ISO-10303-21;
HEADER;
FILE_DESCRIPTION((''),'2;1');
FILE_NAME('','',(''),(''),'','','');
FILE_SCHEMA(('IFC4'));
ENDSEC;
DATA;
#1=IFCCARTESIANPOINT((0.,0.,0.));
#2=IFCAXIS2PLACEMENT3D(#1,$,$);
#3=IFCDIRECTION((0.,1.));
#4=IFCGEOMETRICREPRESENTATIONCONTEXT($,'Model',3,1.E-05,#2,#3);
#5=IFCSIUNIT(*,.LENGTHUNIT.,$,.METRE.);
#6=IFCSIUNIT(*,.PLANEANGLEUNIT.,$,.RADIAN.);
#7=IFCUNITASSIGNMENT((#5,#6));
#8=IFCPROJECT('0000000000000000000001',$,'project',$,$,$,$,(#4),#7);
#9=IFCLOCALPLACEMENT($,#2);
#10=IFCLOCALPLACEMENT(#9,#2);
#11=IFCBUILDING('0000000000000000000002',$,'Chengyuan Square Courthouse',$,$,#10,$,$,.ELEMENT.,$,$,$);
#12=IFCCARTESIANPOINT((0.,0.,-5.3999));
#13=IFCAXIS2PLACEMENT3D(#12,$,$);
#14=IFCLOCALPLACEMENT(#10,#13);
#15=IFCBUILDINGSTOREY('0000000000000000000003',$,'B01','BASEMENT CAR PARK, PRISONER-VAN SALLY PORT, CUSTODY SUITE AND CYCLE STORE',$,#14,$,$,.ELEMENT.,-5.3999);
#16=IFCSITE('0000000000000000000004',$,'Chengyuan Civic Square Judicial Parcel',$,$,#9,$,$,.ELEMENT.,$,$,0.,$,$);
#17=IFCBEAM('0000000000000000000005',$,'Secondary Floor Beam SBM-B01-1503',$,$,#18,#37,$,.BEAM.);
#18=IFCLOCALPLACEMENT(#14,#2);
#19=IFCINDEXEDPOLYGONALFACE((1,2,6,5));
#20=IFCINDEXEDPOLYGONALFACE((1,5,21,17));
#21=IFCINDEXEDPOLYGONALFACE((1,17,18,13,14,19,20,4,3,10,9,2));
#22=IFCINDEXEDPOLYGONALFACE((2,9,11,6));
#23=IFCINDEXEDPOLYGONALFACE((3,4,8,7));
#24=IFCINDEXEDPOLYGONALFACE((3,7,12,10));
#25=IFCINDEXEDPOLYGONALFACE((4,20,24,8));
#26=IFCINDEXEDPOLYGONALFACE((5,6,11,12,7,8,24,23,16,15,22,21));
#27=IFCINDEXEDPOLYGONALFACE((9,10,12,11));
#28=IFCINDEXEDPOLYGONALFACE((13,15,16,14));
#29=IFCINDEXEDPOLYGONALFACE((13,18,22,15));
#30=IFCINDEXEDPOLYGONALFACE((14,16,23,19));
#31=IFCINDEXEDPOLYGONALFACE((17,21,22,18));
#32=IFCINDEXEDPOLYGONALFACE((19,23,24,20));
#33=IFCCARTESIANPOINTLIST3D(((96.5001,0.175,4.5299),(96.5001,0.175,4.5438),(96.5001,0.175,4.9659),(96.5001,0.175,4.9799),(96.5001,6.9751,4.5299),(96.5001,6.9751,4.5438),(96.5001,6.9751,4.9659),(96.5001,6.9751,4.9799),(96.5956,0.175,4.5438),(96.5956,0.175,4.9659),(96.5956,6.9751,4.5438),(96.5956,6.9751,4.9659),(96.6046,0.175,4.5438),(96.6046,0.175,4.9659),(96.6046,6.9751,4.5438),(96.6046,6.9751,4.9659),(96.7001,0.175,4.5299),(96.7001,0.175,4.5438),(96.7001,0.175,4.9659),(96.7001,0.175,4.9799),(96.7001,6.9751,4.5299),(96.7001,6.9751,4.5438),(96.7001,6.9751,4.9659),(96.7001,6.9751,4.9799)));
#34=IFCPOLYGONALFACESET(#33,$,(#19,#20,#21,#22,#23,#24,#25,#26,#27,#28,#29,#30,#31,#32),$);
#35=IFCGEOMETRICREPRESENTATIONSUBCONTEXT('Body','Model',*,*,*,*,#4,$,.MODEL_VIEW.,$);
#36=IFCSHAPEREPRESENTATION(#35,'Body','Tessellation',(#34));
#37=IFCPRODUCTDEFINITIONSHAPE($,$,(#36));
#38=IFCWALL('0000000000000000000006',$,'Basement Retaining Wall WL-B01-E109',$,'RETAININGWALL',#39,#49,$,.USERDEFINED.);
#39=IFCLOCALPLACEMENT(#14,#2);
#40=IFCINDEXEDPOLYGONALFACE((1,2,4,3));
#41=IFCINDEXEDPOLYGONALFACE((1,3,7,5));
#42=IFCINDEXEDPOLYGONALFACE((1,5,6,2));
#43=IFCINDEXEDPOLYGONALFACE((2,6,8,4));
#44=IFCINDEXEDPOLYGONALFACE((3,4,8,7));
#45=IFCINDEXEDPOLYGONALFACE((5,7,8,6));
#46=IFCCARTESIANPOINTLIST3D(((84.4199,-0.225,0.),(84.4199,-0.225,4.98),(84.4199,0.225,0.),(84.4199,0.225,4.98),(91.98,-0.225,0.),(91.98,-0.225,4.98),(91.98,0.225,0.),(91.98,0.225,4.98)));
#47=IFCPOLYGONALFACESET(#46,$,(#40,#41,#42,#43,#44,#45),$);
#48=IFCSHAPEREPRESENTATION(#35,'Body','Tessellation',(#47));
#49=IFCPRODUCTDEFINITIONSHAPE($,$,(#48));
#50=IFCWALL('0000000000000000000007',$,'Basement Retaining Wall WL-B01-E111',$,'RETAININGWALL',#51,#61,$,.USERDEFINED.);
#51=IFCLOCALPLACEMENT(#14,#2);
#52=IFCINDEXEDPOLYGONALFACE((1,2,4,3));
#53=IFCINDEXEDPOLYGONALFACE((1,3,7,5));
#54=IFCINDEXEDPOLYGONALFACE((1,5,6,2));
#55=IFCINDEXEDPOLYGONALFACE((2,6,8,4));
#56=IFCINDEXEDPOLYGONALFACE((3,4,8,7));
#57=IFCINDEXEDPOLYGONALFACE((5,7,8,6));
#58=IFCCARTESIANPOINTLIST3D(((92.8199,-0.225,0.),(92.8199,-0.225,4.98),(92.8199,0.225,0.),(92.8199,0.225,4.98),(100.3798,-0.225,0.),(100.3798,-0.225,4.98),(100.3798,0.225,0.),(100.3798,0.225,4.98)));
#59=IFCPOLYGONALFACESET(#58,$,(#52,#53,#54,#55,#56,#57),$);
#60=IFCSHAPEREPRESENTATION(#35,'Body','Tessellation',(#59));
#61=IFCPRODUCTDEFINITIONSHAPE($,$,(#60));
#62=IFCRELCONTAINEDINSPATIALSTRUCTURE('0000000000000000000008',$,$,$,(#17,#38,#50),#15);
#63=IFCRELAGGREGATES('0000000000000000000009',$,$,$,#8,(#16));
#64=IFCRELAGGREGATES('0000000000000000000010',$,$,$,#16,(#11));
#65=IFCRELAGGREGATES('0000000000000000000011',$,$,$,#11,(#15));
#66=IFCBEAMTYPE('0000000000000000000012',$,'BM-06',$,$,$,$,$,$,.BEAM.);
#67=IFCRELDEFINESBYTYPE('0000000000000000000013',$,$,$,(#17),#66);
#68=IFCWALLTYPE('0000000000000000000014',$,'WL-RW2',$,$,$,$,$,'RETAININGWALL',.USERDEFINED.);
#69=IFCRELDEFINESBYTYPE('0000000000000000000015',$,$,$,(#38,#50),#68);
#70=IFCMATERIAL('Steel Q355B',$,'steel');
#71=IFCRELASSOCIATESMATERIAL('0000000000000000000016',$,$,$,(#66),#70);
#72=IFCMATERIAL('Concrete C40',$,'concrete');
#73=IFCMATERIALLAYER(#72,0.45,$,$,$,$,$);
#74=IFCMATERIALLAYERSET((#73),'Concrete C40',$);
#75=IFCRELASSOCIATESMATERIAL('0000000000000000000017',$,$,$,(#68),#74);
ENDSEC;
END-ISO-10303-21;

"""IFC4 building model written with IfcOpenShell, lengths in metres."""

from ifc_helpers import new_model, si_unit, direction, frame, frame_2d, origin, origin_2d, place, context, subcontext, project, spatial, rectangle, i_section, extrude, material, layer, layer_set, material_profile, profile_set, type_object, element, save


model = new_model("IFC4")

# Units and contexts
model_context = context("Model", 3, precision=1e-05, world=origin(), true_north=direction((0.0, 1.0)))
body_context = subcontext(model_context, "Body", "Model", "MODEL_VIEW")
ifc_project = project(units=[si_unit("LENGTHUNIT", "METRE"), si_unit("PLANEANGLEUNIT", "RADIAN")], contexts=[model_context])

# Site, building, storey
site_placement = place(None, origin())
site = spatial("IfcSite", under=ifc_project, at=site_placement, Name="Chengyuan Civic Square Judicial Parcel", CompositionType="ELEMENT", RefElevation=0.0)
building_placement = place(site_placement, origin())
building = spatial("IfcBuilding", under=site, at=building_placement, Name="Chengyuan Square Courthouse", CompositionType="ELEMENT")
storey_placement = place(building_placement, frame((0.0, 0.0, -5.3999)))
storey = spatial("IfcBuildingStorey", under=building, at=storey_placement, Name="B01", Description="BASEMENT CAR PARK, PRISONER-VAN SALLY PORT, CUSTODY SUITE AND CYCLE STORE", CompositionType="ELEMENT", Elevation=-5.3999)

# Beam
ifc_material_1 = material(Name="Concrete C40", Category="concrete")
ifc_material_2 = material(Name="Steel Q355B", Category="steel")
ifc_material_profile_1 = material_profile(ifc_material_2, i_section(OverallWidth=0.2, OverallDepth=0.45, WebThickness=0.009, FlangeThickness=0.0139, at=origin_2d()), Name="HN 450x200x9x14")
ifc_profile_set_1 = profile_set([ifc_material_profile_1], Name="Steel Q355B")
beam_type_1 = type_object("IfcBeamType", Name="BM-06", PredefinedType="BEAM", material=ifc_profile_set_1)
beam_1_placement = place(storey_placement, frame((96.6001, 0.175, 4.7549), z_axis=(0.0, 1.0, 0.0), x_axis=(-1.0, 0.0, 0.0)))
element("IfcBeam", 1, at=beam_1_placement, inside=storey, type_object=beam_type_1, Name="Secondary Floor Beam SBM-B01-1503", PredefinedType="BEAM", context=body_context, shape_type="SweptSolid", body=[
    extrude(i_section(OverallWidth=0.2, OverallDepth=0.45, WebThickness=0.009, FlangeThickness=0.0139, at=origin_2d()), origin(), (0.0, 0.0, 1.0), 6.8),
])

# Walls
ifc_layer = layer(ifc_material_1, 0.45)
ifc_layer_set = layer_set([ifc_layer], Name="Concrete C40")
wall_type = type_object("IfcWallType", Name="WL-RW2", ElementType="RETAININGWALL", PredefinedType="USERDEFINED", material=ifc_layer_set)
wall_1_placement = place(storey_placement, frame((84.4199, 0.0, 0.0), z_axis=(0.0, 0.0, 1.0), x_axis=(1.0, 0.0, 0.0)))
element("IfcWall", 2, at=wall_1_placement, inside=storey, type_object=wall_type, Name="Basement Retaining Wall WL-B01-E109", ObjectType="RETAININGWALL", PredefinedType="USERDEFINED", context=body_context, shape_type="SweptSolid", body=[
    extrude(rectangle(XDim=7.5601, YDim=0.45, at=frame_2d((3.78, 0.0))), origin(), (0.0, 0.0, 1.0), 4.98),
])
wall_2_placement = place(storey_placement, frame((92.8201, 0.0, 0.0), z_axis=(0.0, 0.0, 1.0), x_axis=(1.0, 0.0, 0.0)))
element("IfcWall", 3, at=wall_2_placement, inside=storey, type_object=wall_type, Name="Basement Retaining Wall WL-B01-E111", ObjectType="RETAININGWALL", PredefinedType="USERDEFINED", context=body_context, shape_type="SweptSolid", body=[
    extrude(rectangle(XDim=7.5598, YDim=0.45, at=frame_2d((3.7798, 0.0))), origin(), (0.0, 0.0, 1.0), 4.98),
])

save(model, "model.ifc")
